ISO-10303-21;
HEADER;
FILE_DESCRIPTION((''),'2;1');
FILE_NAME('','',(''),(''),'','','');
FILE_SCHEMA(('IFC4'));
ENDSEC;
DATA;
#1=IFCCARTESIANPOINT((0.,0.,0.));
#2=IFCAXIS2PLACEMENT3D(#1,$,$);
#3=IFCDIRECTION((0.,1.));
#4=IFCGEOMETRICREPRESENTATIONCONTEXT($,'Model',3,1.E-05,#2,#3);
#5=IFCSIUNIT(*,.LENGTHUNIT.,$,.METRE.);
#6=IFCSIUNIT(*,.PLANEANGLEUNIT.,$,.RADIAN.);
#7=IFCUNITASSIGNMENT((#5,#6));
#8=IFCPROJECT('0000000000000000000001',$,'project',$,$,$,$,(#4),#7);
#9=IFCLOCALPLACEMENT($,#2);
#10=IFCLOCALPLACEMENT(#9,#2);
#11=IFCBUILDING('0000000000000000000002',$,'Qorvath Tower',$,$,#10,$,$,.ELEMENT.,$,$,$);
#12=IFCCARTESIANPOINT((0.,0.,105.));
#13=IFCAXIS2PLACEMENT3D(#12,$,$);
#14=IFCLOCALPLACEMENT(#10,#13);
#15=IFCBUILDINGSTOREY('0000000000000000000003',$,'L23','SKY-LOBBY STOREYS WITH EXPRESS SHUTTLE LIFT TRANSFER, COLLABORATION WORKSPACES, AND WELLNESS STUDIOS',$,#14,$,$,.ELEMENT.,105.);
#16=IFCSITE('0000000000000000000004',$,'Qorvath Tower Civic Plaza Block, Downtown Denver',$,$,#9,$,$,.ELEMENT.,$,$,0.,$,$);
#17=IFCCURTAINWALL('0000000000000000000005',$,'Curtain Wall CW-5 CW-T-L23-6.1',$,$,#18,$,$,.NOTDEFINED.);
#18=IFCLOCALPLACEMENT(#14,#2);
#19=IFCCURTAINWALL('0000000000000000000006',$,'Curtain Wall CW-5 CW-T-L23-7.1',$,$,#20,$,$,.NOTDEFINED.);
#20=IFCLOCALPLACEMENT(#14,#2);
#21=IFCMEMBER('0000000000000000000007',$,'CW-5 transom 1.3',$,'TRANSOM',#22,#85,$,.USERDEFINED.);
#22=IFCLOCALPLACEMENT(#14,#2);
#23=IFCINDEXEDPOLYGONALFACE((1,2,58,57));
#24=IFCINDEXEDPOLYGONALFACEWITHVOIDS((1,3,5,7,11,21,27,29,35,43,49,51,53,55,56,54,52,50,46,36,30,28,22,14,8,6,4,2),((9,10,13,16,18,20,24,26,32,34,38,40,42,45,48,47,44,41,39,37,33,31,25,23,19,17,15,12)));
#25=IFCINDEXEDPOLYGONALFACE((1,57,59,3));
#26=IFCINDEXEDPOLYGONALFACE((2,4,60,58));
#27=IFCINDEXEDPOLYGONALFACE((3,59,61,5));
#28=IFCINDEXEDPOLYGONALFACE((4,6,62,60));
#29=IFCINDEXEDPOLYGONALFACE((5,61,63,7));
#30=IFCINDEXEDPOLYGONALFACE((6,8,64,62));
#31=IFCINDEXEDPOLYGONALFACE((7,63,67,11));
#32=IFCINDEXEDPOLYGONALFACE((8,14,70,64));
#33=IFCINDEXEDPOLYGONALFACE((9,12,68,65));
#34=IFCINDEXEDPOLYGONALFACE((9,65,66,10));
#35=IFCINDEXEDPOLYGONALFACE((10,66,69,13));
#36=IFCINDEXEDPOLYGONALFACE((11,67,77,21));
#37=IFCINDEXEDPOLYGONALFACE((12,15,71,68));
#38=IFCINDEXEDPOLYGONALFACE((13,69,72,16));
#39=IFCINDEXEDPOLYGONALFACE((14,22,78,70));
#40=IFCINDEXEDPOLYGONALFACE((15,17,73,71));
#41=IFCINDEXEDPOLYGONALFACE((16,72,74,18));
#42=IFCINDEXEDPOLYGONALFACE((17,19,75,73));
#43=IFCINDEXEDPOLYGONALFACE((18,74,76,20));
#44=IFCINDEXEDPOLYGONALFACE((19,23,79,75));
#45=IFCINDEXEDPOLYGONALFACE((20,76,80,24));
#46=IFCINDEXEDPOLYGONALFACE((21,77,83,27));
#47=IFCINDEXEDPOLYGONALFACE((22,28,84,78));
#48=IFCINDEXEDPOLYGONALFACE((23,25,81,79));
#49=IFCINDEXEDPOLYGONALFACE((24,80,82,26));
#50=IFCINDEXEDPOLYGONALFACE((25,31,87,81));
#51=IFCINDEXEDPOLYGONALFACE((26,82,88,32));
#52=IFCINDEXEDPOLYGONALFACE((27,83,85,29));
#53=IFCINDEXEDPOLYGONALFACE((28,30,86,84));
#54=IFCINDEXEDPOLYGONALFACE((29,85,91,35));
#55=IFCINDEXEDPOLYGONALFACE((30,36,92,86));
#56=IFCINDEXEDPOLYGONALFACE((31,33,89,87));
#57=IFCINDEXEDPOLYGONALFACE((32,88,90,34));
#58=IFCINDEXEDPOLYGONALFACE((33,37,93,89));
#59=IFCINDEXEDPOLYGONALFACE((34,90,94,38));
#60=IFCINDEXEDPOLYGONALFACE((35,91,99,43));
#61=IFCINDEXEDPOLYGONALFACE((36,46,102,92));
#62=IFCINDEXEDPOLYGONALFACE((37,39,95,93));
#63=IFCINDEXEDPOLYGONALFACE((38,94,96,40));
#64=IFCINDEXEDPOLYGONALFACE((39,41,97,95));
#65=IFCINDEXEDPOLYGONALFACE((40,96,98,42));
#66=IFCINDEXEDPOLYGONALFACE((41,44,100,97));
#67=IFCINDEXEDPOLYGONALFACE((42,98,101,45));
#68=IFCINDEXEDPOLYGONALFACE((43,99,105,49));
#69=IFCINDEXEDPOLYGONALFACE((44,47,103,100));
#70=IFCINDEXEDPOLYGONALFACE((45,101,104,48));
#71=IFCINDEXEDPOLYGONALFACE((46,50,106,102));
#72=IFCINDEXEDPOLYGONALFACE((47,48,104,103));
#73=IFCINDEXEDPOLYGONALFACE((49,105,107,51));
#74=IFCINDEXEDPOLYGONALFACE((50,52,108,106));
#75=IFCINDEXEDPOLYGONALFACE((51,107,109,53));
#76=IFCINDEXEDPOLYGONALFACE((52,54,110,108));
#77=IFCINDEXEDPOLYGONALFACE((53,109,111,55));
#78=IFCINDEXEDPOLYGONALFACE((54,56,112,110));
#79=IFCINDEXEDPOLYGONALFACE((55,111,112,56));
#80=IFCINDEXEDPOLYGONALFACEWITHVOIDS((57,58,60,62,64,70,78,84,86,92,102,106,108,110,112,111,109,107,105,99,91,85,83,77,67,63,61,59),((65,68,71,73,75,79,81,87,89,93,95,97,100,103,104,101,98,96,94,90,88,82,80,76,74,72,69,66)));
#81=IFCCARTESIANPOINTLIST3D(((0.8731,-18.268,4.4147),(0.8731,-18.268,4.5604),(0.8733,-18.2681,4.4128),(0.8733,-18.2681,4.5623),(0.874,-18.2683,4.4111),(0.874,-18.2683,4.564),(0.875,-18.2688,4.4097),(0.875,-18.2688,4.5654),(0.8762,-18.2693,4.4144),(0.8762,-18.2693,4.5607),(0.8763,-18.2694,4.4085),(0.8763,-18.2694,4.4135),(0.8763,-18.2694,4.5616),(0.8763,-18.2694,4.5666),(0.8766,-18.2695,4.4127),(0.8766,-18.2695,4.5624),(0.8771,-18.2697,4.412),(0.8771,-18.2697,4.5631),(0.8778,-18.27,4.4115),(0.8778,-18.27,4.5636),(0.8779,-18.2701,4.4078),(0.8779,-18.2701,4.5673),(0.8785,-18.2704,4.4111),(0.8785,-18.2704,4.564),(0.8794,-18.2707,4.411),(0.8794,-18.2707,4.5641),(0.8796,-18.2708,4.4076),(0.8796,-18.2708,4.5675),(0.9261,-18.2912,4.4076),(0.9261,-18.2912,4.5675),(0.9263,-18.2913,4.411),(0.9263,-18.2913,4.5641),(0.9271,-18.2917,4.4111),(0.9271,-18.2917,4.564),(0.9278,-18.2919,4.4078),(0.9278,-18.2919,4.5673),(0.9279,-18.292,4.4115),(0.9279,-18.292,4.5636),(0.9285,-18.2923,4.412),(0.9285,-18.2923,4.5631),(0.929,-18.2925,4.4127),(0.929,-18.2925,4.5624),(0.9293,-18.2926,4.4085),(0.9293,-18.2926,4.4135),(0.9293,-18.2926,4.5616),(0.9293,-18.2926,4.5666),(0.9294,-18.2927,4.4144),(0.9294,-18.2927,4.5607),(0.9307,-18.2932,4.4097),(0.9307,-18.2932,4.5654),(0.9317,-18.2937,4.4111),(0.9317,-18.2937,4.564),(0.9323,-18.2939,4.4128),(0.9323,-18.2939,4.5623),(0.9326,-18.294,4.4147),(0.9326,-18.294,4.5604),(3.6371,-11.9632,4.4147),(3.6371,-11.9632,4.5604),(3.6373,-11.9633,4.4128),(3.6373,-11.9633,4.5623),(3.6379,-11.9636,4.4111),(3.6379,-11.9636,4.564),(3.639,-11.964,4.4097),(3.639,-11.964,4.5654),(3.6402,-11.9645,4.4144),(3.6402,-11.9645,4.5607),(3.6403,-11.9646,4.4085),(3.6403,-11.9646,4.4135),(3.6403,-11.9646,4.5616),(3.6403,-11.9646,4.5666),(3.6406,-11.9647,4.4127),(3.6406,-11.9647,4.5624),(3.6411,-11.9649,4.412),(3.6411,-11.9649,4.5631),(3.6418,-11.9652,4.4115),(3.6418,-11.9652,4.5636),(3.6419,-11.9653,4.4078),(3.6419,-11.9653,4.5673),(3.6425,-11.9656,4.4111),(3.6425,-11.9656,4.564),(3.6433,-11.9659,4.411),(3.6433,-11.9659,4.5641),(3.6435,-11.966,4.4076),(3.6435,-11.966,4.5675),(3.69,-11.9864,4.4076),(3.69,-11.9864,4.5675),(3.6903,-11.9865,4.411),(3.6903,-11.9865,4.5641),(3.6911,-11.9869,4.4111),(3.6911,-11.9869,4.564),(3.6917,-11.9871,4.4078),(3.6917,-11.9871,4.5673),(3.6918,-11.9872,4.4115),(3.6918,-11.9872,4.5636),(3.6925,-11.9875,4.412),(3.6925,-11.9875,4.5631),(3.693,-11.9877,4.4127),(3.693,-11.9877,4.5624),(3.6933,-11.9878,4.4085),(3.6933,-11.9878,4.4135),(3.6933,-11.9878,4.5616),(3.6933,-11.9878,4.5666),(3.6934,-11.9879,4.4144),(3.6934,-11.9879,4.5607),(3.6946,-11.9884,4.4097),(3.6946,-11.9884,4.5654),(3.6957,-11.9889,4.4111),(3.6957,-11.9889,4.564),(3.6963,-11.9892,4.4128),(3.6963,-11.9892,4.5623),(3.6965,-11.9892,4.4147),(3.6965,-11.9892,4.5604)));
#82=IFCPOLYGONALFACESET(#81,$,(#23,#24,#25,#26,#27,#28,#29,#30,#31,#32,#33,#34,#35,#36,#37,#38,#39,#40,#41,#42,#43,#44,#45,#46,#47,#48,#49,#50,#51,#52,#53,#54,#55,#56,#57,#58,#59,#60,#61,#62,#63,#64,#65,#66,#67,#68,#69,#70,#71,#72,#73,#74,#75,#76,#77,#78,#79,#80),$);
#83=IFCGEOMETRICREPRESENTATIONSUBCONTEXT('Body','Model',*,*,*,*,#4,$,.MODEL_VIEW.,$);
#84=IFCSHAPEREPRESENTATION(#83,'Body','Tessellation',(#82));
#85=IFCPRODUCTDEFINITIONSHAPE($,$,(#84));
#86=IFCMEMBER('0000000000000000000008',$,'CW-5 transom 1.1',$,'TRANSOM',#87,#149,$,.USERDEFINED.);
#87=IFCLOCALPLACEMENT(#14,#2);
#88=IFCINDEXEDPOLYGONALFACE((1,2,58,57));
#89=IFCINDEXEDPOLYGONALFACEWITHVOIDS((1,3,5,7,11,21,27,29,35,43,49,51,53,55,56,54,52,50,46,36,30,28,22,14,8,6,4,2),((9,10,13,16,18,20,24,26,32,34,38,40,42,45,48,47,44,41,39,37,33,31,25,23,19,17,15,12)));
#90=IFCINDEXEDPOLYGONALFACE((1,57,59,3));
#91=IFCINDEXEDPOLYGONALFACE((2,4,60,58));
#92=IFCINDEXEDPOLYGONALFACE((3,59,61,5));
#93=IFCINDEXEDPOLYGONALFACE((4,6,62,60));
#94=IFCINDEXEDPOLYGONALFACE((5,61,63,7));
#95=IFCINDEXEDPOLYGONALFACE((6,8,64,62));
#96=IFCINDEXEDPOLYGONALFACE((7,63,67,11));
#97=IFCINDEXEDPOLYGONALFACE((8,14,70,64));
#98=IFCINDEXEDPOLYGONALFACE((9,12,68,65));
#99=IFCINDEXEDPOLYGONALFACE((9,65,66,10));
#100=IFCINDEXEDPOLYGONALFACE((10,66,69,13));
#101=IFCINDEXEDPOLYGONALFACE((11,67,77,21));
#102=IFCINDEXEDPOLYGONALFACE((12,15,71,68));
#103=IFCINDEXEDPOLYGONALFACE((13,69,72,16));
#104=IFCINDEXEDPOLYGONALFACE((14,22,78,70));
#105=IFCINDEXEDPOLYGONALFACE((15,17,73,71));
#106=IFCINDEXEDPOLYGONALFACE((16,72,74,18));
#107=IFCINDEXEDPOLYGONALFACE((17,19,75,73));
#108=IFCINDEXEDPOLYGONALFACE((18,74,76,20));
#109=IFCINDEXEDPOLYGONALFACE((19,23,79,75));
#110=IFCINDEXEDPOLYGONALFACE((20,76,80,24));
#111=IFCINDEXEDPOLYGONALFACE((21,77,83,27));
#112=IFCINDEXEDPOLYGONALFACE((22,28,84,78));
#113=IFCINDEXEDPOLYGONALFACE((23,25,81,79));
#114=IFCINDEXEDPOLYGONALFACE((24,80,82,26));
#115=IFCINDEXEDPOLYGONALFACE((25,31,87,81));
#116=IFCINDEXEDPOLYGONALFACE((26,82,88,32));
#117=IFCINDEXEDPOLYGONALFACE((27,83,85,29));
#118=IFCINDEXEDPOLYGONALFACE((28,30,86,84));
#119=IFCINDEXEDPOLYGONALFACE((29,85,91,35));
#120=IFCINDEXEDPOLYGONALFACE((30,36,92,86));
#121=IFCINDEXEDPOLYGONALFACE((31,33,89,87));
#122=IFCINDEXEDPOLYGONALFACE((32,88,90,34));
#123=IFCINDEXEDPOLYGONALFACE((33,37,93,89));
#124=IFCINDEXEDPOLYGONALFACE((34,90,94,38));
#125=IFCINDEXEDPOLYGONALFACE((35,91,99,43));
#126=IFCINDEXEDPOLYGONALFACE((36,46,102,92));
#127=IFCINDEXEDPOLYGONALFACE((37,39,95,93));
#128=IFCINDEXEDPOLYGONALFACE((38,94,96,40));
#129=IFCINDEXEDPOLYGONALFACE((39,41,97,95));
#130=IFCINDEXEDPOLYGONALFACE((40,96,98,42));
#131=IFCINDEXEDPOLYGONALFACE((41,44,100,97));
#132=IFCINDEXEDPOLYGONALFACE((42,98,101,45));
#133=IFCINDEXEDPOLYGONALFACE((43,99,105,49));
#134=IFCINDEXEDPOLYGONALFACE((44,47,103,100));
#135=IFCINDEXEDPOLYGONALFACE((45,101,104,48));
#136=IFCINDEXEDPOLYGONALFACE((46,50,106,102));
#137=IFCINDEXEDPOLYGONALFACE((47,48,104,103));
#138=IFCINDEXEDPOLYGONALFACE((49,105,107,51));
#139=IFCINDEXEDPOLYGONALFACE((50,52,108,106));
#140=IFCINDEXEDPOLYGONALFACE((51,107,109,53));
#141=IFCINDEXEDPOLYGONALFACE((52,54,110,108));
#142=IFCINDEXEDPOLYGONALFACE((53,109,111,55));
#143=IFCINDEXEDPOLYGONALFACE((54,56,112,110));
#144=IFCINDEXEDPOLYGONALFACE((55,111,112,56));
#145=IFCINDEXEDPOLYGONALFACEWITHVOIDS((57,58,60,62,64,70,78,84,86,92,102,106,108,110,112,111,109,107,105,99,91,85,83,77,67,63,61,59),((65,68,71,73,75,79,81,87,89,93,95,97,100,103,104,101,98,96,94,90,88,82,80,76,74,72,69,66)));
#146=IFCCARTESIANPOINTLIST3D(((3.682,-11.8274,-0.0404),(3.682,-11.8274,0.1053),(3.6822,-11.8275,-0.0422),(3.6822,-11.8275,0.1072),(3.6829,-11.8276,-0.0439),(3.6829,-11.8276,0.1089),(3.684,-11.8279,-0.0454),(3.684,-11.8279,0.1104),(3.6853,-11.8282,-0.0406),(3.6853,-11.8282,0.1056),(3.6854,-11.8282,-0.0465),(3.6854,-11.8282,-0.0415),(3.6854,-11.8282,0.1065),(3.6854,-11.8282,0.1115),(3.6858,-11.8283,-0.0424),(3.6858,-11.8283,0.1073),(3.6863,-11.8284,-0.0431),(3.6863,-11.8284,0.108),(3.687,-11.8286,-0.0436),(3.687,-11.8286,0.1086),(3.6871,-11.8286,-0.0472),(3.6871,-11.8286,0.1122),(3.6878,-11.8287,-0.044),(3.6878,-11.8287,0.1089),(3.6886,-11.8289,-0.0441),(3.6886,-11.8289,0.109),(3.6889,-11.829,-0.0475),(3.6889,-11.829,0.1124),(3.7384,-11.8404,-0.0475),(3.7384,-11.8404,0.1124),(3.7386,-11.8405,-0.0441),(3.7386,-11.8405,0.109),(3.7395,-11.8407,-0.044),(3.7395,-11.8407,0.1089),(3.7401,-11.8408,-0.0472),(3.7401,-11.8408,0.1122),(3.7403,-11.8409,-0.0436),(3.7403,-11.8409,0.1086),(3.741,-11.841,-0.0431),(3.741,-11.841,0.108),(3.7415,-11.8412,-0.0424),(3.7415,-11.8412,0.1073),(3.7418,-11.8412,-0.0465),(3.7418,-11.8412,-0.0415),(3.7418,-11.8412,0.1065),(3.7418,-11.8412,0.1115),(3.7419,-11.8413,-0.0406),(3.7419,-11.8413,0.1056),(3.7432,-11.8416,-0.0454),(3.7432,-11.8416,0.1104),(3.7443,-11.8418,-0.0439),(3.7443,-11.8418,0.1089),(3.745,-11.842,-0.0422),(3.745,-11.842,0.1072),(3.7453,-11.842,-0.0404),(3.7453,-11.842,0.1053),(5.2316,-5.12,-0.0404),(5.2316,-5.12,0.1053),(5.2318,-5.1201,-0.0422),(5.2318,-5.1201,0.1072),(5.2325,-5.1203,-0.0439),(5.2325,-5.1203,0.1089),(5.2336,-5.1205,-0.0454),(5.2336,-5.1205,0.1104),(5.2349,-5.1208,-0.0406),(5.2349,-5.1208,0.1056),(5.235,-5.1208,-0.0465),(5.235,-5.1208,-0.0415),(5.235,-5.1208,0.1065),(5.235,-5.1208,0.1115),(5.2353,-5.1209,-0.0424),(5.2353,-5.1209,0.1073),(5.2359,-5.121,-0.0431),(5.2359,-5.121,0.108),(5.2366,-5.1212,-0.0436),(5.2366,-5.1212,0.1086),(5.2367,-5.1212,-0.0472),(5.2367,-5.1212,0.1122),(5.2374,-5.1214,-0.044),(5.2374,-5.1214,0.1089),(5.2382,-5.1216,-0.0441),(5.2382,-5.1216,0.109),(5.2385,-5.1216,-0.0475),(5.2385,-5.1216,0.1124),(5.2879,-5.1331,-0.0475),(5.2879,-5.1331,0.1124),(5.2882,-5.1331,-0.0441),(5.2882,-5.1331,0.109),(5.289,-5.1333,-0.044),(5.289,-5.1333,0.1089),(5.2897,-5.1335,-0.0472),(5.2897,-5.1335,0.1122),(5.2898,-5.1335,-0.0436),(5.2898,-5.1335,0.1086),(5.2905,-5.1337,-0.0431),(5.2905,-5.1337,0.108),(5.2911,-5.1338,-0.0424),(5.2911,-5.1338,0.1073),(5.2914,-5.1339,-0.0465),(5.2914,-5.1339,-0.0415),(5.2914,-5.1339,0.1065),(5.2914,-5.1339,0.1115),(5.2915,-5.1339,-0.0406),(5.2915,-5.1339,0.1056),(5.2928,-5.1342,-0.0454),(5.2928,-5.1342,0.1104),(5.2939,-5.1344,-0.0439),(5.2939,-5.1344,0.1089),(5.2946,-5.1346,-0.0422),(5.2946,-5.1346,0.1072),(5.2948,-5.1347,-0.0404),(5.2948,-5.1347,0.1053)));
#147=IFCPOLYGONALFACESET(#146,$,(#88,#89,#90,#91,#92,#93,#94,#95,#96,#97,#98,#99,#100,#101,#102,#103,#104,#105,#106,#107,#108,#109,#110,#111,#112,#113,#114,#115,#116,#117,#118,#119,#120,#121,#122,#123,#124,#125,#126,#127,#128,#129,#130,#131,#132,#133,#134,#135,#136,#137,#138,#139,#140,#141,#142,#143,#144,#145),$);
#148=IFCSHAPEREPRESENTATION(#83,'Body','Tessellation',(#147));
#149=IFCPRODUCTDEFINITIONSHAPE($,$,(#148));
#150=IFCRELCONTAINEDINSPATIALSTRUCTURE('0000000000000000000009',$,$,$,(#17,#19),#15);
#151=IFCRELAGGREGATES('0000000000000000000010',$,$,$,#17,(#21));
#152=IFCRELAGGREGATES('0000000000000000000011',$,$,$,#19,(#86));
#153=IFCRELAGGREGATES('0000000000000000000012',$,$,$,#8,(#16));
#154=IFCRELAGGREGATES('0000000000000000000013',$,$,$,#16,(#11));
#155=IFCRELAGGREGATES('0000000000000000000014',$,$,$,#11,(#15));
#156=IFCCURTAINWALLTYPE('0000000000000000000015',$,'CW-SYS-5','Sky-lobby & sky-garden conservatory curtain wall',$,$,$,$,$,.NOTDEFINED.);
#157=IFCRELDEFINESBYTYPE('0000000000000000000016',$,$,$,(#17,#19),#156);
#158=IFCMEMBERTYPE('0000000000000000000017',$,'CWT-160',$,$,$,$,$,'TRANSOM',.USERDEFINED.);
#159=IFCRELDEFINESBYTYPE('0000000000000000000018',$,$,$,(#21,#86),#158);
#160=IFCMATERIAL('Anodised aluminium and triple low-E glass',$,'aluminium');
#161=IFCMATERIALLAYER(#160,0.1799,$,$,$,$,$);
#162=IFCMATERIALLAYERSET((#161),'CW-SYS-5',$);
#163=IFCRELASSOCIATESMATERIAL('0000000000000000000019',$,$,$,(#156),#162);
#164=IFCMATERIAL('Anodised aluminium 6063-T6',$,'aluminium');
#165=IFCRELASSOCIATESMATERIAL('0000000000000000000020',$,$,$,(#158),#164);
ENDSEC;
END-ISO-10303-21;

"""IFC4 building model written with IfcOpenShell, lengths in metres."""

from ifc_helpers import new_model, si_unit, direction, frame, origin, origin_2d, place, context, subcontext, project, spatial, hollow_rectangle, extrude, material, layer, layer_set, material_profile, profile_set, type_object, element, aggregate, save


model = new_model("IFC4")

# Units and contexts
model_context = context("Model", 3, precision=1e-05, world=origin(), true_north=direction((0.0, 1.0)))
body_context = subcontext(model_context, "Body", "Model", "MODEL_VIEW")
ifc_project = project(units=[si_unit("LENGTHUNIT", "METRE"), si_unit("PLANEANGLEUNIT", "RADIAN")], contexts=[model_context])

# Site, building, storey
site_placement = place(None, origin())
site = spatial("IfcSite", under=ifc_project, at=site_placement, Name="Qorvath Tower Civic Plaza Block, Downtown Denver", CompositionType="ELEMENT", RefElevation=0.0)
building_placement = place(site_placement, origin())
building = spatial("IfcBuilding", under=site, at=building_placement, Name="Qorvath Tower", CompositionType="ELEMENT")
storey_placement = place(building_placement, frame((0.0, 0.0, 105.0)))
storey = spatial("IfcBuildingStorey", under=building, at=storey_placement, Name="L23", Description="SKY-LOBBY STOREYS WITH EXPRESS SHUTTLE LIFT TRANSFER, COLLABORATION WORKSPACES, AND WELLNESS STUDIOS", CompositionType="ELEMENT", Elevation=105.0)

# Shared definitions
ifc_material_1 = material(Name="Anodised aluminium and triple low-E glass", Category="aluminium")
ifc_layer_1 = layer(ifc_material_1, 0.1799)
ifc_layer_set_1 = layer_set([ifc_layer_1], Name="CW-SYS-5")
curtain_wall_type = type_object("IfcCurtainWallType", Name="CW-SYS-5", Description="Sky-lobby & sky-garden conservatory curtain wall", PredefinedType="NOTDEFINED", material=ifc_layer_set_1)

# Curtain wall
curtain_wall_1_placement = place(storey_placement, origin())
curtain_wall_1 = element("IfcCurtainWall", 1, at=curtain_wall_1_placement, inside=storey, type_object=curtain_wall_type, Name="Curtain Wall CW-5 CW-T-L23-6.1", PredefinedType="NOTDEFINED")

# Curtain wall
curtain_wall_2_placement = place(storey_placement, origin())
curtain_wall_2 = element("IfcCurtainWall", 2, at=curtain_wall_2_placement, inside=storey, type_object=curtain_wall_type, Name="Curtain Wall CW-5 CW-T-L23-7.1", PredefinedType="NOTDEFINED")

# Members
ifc_material_2 = material(Name="Anodised aluminium 6063-T6", Category="aluminium")
ifc_material_profile_1 = material_profile(ifc_material_2, hollow_rectangle(XDim=0.0649, YDim=0.1599, WallThickness=0.0034, InnerFilletRadius=0.0034, OuterFilletRadius=0.0071, at=origin_2d()), Name="CWT 160x65")
ifc_profile_set_1 = profile_set([ifc_material_profile_1], Name="Anodised aluminium 6063-T6")
member_type_1 = type_object("IfcMemberType", Name="CWT-160", ElementType="TRANSOM", PredefinedType="USERDEFINED", material=ifc_profile_set_1)
member_1_placement = place(storey_placement, frame((0.9028, -18.281, 4.4875), z_axis=(0.401503, 0.915858, 0.0), x_axis=(-0.915858, 0.401503, 0.0)))
member_1 = element("IfcMember", 3, at=member_1_placement, type_object=member_type_1, Name="CW-5 transom 1.3", ObjectType="TRANSOM", PredefinedType="USERDEFINED", context=body_context, shape_type="SweptSolid", body=[
    extrude(hollow_rectangle(XDim=0.0649, YDim=0.1599, WallThickness=0.0034, InnerFilletRadius=0.0034, OuterFilletRadius=0.0071, at=origin_2d()), origin(), (0.0, 0.0, 1.0), 6.884),
])
member_2_placement = place(storey_placement, frame((3.7136, -11.8347, 0.0325), z_axis=(0.225098, 0.974336, 0.0), x_axis=(-0.974336, 0.225098, 0.0)))
member_2 = element("IfcMember", 4, at=member_2_placement, type_object=member_type_1, Name="CW-5 transom 1.1", ObjectType="TRANSOM", PredefinedType="USERDEFINED", context=body_context, shape_type="SweptSolid", body=[
    extrude(hollow_rectangle(XDim=0.0649, YDim=0.1599, WallThickness=0.0034, InnerFilletRadius=0.0034, OuterFilletRadius=0.0071, at=origin_2d()), origin(), (0.0, 0.0, 1.0), 6.884),
])

aggregate(curtain_wall_1, [member_1])
aggregate(curtain_wall_2, [member_2])

save(model, "model.ifc")
